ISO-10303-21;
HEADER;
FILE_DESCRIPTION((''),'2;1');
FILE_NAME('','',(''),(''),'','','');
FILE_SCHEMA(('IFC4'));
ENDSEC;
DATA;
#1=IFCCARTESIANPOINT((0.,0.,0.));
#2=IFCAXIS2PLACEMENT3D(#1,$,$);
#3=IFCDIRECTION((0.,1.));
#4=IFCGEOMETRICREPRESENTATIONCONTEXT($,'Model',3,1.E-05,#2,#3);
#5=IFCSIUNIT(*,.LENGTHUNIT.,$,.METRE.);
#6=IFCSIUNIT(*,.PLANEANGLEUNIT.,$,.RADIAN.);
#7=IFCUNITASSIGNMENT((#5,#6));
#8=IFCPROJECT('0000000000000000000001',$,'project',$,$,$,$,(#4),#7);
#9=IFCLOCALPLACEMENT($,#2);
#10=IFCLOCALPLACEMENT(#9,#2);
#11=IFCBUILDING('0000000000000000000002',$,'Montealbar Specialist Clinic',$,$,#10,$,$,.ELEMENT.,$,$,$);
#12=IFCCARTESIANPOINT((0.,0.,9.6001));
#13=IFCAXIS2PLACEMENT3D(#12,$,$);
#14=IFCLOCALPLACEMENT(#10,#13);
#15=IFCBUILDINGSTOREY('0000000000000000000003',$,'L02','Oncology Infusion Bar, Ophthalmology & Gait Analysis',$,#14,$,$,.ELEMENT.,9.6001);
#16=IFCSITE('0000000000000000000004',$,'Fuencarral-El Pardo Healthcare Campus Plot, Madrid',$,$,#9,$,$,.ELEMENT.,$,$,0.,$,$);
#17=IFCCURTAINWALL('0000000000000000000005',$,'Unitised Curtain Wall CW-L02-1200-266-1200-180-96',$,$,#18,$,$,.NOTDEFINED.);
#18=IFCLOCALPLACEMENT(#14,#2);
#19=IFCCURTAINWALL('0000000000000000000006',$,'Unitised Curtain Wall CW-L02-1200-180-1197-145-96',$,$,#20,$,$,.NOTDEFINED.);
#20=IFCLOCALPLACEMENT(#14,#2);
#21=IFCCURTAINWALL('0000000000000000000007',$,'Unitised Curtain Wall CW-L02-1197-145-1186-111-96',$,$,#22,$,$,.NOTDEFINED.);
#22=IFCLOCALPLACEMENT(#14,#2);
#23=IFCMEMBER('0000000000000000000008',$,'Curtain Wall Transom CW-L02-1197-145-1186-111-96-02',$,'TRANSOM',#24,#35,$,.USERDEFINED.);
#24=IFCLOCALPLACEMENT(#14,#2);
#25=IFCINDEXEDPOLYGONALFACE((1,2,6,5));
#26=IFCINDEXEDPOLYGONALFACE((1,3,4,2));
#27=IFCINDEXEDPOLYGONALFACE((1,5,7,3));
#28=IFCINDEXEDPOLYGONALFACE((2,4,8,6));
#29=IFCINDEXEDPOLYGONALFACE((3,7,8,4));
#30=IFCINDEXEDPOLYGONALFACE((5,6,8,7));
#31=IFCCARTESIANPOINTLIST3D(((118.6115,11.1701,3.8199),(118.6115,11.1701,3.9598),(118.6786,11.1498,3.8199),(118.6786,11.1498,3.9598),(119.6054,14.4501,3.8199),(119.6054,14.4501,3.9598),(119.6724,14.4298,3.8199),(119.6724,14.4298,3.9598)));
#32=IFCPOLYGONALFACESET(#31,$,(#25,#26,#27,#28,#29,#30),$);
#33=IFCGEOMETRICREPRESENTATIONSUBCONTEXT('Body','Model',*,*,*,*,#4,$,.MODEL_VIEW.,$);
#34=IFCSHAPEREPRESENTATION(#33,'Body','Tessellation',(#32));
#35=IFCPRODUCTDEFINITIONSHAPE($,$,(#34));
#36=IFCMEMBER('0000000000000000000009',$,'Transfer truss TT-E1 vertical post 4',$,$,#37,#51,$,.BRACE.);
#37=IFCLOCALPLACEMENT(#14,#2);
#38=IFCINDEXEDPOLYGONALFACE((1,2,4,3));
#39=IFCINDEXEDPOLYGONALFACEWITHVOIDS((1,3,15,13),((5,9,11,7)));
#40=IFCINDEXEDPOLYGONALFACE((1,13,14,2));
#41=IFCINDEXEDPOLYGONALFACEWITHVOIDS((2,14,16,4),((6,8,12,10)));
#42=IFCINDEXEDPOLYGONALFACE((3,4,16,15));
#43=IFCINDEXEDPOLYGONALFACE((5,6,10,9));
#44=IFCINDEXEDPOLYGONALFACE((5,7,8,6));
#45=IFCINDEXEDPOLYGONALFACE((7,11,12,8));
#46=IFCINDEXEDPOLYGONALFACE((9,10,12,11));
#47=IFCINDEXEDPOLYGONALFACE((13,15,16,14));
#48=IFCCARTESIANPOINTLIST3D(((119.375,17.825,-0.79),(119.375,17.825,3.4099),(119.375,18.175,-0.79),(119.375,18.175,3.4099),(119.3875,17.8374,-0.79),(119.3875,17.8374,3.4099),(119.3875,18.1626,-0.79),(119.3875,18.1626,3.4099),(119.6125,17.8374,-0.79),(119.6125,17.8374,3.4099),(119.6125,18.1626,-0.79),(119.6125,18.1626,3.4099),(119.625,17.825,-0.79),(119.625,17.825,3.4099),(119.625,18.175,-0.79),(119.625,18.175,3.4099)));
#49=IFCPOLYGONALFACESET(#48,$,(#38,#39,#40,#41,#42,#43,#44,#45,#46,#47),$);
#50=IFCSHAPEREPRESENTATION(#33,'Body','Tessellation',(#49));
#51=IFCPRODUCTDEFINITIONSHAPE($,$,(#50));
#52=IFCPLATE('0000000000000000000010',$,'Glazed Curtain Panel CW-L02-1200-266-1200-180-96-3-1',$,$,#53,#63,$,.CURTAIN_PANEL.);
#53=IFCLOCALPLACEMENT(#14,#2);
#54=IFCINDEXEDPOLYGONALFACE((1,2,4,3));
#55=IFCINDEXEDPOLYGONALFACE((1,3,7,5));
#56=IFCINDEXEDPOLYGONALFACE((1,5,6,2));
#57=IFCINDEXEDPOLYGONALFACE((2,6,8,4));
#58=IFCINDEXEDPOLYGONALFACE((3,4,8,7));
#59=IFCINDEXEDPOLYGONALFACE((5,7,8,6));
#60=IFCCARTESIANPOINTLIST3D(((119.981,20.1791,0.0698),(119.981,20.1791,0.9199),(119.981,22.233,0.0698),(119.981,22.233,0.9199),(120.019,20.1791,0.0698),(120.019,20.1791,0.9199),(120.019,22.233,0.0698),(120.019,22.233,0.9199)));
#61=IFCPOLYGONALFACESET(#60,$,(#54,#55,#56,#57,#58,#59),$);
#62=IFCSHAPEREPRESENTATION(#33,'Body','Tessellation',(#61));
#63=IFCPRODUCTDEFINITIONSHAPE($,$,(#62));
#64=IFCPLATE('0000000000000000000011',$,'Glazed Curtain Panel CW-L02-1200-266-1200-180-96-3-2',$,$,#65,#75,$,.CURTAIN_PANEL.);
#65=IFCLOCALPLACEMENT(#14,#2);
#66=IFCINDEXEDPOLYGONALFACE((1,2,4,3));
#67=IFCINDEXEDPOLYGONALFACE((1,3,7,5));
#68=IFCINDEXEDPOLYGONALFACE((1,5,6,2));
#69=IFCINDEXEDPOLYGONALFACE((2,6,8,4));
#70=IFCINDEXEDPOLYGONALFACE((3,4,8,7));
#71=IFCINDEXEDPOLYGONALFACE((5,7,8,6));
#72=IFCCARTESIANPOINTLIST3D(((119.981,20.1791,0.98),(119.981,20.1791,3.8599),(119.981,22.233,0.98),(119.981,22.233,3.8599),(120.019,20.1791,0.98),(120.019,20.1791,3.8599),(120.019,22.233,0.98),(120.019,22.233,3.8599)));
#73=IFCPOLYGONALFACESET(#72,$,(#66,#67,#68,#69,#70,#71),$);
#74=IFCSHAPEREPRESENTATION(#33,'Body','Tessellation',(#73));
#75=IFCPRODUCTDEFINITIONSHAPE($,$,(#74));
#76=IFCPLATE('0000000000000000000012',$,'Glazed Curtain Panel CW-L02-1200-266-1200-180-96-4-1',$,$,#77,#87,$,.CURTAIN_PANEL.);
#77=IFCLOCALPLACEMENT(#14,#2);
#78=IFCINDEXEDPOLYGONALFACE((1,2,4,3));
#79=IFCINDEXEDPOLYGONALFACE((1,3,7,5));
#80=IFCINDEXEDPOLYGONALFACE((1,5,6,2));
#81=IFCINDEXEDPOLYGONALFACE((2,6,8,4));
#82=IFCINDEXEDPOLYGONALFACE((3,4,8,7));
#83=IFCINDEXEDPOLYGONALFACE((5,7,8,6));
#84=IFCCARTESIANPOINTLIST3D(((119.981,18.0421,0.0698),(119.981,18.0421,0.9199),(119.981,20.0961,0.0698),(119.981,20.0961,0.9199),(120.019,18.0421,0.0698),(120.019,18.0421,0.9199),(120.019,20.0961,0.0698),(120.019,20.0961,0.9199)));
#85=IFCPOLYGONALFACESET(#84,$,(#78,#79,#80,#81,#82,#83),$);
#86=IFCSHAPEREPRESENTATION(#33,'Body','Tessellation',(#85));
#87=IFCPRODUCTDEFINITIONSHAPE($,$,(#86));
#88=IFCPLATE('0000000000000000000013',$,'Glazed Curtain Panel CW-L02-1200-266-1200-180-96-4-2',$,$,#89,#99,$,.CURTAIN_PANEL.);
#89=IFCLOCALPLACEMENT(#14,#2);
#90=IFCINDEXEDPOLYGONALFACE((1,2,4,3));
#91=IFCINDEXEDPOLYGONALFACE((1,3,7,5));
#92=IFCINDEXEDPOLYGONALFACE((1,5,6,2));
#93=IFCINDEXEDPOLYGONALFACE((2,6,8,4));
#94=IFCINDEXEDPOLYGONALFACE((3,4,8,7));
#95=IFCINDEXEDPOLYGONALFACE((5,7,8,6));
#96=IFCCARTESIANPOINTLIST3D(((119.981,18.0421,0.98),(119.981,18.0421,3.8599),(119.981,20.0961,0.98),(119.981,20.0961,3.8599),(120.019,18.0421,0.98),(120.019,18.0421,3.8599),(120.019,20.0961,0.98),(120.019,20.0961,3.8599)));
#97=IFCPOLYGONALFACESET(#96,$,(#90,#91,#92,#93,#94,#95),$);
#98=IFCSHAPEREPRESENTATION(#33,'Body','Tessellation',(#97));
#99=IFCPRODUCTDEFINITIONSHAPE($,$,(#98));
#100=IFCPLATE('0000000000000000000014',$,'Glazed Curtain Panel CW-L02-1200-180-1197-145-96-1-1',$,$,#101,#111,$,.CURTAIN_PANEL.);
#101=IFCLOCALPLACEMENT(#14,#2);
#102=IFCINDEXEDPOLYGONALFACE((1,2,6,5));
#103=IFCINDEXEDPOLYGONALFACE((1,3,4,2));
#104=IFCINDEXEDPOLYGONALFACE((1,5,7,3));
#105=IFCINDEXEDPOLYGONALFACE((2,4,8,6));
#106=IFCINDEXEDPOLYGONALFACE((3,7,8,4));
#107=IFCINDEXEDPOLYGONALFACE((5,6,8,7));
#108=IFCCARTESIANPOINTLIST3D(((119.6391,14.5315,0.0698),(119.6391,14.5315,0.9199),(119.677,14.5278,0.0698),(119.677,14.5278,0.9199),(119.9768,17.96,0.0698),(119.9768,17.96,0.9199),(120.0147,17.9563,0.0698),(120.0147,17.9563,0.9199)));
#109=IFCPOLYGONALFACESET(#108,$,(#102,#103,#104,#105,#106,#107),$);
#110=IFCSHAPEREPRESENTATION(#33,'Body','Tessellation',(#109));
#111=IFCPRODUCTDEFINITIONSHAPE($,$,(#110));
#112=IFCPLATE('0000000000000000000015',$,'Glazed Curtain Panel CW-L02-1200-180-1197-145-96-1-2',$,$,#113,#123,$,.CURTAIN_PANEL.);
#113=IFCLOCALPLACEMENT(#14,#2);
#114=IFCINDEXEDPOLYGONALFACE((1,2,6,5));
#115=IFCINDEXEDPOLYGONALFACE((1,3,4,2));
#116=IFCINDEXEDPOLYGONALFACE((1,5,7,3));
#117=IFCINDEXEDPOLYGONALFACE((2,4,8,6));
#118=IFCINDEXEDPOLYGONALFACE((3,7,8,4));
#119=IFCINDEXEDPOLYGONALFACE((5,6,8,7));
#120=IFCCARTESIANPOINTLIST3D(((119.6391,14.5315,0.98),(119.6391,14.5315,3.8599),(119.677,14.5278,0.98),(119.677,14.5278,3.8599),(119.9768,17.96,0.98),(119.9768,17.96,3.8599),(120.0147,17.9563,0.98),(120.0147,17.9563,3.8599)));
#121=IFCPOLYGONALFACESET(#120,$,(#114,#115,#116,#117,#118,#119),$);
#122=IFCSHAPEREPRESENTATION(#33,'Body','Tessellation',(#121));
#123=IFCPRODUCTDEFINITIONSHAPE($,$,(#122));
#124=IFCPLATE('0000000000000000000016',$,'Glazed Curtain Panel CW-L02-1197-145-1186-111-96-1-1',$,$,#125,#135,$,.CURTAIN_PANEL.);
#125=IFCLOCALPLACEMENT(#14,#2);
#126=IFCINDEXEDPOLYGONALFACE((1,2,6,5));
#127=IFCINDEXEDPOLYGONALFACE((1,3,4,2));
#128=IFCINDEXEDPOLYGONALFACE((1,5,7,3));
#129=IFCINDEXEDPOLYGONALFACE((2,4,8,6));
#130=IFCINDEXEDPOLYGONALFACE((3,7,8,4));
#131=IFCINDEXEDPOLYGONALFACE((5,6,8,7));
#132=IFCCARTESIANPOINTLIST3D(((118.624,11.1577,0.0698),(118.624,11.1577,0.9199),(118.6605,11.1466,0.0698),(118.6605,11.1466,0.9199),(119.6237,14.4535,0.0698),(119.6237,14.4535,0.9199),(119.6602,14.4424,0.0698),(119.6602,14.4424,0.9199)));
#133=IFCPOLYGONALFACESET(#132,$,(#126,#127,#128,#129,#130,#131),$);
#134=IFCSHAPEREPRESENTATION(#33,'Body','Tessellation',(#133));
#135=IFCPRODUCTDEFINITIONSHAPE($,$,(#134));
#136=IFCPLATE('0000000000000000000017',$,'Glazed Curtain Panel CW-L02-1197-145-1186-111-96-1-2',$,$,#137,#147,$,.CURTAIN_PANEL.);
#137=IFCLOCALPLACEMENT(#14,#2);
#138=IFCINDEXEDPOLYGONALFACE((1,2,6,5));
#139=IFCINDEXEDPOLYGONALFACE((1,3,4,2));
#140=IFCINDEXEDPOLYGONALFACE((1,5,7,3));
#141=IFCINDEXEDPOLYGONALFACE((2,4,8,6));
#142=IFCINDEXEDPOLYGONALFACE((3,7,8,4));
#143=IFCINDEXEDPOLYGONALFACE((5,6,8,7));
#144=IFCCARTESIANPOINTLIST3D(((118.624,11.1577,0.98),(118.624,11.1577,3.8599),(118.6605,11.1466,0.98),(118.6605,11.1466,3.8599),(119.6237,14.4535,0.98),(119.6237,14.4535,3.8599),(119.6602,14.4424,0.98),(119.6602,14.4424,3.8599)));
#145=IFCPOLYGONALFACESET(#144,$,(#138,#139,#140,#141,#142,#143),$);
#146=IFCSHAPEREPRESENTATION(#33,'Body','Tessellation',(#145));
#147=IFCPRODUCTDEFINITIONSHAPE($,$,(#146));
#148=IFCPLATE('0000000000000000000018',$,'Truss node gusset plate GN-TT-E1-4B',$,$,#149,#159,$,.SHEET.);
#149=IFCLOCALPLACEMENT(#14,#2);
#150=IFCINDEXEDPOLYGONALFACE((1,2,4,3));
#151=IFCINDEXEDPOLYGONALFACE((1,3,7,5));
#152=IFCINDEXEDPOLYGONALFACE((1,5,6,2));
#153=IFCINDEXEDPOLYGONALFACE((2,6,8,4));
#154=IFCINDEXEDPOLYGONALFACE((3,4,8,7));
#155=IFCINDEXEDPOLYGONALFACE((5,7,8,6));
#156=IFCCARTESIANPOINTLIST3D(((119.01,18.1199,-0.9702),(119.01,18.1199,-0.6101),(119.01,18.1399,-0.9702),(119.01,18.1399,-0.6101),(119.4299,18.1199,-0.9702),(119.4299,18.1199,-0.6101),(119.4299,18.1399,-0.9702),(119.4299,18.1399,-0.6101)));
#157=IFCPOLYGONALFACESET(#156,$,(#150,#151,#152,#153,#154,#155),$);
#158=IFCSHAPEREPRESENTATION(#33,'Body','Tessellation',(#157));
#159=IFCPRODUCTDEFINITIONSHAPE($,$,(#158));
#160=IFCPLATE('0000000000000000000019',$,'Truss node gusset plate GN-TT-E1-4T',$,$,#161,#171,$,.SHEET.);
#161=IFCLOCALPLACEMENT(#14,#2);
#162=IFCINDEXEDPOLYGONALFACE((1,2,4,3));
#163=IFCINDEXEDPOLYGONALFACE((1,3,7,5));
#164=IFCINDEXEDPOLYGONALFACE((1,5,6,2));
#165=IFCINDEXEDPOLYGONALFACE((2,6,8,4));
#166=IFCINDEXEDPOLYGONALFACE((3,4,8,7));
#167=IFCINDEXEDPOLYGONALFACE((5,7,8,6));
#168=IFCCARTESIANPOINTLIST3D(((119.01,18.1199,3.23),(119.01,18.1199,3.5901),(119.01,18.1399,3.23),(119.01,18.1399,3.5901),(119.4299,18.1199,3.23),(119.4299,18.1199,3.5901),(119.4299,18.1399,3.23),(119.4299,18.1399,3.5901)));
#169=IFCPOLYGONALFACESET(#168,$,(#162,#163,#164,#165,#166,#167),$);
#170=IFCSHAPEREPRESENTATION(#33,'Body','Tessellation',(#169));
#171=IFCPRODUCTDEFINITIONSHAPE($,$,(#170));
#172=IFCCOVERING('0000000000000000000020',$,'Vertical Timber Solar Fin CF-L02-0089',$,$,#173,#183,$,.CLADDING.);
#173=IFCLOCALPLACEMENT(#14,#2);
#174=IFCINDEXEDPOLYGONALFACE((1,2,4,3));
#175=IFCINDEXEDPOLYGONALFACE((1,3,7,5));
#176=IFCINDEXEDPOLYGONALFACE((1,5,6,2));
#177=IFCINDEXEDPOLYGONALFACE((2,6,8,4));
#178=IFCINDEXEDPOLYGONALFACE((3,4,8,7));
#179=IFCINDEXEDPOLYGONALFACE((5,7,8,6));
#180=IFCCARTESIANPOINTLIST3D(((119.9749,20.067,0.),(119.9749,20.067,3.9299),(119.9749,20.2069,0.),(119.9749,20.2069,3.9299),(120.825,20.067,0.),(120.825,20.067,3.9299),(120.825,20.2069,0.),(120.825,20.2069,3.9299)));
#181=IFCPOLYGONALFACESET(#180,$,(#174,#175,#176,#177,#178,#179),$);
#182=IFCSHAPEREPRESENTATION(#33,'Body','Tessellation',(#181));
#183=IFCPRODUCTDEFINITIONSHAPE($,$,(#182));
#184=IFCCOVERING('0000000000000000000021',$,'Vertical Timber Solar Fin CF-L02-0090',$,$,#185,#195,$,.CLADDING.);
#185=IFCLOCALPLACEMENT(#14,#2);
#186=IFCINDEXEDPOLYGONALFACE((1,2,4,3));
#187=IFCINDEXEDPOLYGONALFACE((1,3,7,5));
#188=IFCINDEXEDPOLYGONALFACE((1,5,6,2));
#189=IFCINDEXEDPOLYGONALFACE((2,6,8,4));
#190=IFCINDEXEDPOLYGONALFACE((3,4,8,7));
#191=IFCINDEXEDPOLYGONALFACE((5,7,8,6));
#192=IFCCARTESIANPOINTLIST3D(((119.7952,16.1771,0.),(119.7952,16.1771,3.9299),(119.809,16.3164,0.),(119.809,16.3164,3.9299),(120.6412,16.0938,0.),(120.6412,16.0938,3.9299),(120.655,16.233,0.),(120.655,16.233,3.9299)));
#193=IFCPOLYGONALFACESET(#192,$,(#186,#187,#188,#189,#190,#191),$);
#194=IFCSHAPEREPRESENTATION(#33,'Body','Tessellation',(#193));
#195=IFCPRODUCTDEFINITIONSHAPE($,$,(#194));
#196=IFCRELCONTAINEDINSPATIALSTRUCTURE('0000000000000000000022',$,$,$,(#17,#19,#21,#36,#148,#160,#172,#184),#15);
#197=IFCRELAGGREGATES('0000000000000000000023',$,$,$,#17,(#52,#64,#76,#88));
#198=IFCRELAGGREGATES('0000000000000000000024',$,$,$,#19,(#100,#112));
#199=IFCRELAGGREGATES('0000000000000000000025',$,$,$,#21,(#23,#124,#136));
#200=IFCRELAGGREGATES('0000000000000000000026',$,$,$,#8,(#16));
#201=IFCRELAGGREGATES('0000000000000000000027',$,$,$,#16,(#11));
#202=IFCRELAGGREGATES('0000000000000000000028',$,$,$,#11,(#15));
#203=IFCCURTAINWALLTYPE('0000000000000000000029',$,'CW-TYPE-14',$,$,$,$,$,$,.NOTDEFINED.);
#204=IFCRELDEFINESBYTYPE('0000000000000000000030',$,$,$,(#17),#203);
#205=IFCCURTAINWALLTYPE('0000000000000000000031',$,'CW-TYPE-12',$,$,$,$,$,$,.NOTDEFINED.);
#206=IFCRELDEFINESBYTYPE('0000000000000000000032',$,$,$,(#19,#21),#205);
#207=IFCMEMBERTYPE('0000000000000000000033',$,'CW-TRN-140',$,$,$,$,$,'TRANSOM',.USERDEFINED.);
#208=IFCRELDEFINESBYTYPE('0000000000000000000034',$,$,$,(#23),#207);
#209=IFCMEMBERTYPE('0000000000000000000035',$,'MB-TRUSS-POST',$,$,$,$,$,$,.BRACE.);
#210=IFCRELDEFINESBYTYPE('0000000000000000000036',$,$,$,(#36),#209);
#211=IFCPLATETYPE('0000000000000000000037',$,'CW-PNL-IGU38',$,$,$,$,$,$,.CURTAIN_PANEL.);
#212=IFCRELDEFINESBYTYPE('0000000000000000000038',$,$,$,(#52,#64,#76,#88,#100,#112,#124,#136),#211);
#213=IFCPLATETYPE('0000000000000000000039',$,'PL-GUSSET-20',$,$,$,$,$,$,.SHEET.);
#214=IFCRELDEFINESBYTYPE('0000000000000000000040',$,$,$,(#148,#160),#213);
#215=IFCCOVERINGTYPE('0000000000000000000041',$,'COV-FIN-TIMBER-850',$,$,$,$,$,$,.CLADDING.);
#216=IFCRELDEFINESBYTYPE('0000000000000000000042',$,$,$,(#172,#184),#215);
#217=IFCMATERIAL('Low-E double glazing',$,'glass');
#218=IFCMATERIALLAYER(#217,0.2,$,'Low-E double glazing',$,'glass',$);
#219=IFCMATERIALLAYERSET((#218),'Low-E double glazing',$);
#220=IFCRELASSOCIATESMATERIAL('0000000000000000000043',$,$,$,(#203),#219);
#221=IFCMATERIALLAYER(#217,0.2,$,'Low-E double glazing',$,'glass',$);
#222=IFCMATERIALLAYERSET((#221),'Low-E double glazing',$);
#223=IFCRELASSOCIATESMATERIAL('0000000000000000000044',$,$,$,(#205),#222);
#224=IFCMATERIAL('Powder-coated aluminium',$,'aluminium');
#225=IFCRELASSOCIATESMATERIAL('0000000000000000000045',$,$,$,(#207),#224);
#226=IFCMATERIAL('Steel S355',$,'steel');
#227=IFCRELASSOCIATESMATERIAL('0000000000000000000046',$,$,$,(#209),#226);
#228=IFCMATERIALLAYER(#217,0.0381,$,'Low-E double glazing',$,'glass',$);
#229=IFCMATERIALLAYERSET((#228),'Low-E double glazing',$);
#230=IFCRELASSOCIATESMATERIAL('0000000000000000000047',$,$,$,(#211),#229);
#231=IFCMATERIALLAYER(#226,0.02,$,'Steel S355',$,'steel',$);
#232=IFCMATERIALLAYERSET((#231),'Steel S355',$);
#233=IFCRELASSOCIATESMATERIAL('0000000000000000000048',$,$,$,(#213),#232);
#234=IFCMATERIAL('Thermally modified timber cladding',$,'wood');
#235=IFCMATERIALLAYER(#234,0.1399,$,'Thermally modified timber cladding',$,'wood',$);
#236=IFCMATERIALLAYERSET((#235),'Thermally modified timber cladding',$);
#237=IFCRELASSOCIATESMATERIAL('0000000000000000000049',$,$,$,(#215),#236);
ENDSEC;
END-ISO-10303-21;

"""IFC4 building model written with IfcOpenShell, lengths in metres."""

from ifc_helpers import new_model, si_unit, direction, frame, origin, origin_2d, place, context, subcontext, project, spatial, rectangle, hollow_rectangle, extrude, material, layer, layer_set, material_profile, profile_set, type_object, element, aggregate, save


model = new_model("IFC4")

# Units and contexts
model_context = context("Model", 3, precision=1e-05, world=origin(), true_north=direction((0.0, 1.0)))
body_context = subcontext(model_context, "Body", "Model", "MODEL_VIEW")
ifc_project = project(units=[si_unit("LENGTHUNIT", "METRE"), si_unit("PLANEANGLEUNIT", "RADIAN")], contexts=[model_context])

# Site, building, storey
site_placement = place(None, origin())
site = spatial("IfcSite", under=ifc_project, at=site_placement, Name="Fuencarral-El Pardo Healthcare Campus Plot, Madrid", CompositionType="ELEMENT", RefElevation=0.0)
building_placement = place(site_placement, origin())
building = spatial("IfcBuilding", under=site, at=building_placement, Name="Montealbar Specialist Clinic", CompositionType="ELEMENT")
storey_placement = place(building_placement, frame((0.0, 0.0, 9.6001)))
storey = spatial("IfcBuildingStorey", under=building, at=storey_placement, Name="L02", Description="Oncology Infusion Bar, Ophthalmology & Gait Analysis", CompositionType="ELEMENT", Elevation=9.6001)

# Shared definitions
ifc_material_1 = material(Name="Steel S355", Category="steel")

# Curtain walls
ifc_material_2 = material(Name="Low-E double glazing", Category="glass")
ifc_layer_1 = layer(ifc_material_2, 0.2, Name="Low-E double glazing", Category="glass")
ifc_layer_set_1 = layer_set([ifc_layer_1], Name="Low-E double glazing")
curtain_wall_type_1 = type_object("IfcCurtainWallType", Name="CW-TYPE-14", PredefinedType="NOTDEFINED", material=ifc_layer_set_1)
curtain_wall_1_placement = place(storey_placement, origin())
curtain_wall_1 = element("IfcCurtainWall", 1, at=curtain_wall_1_placement, inside=storey, type_object=curtain_wall_type_1, Name="Unitised Curtain Wall CW-L02-1200-266-1200-180-96", PredefinedType="NOTDEFINED")
ifc_layer_2 = layer(ifc_material_2, 0.2, Name="Low-E double glazing", Category="glass")
ifc_layer_set_2 = layer_set([ifc_layer_2], Name="Low-E double glazing")
curtain_wall_type_2 = type_object("IfcCurtainWallType", Name="CW-TYPE-12", PredefinedType="NOTDEFINED", material=ifc_layer_set_2)
curtain_wall_2_placement = place(storey_placement, origin())
curtain_wall_2 = element("IfcCurtainWall", 2, at=curtain_wall_2_placement, inside=storey, type_object=curtain_wall_type_2, Name="Unitised Curtain Wall CW-L02-1200-180-1197-145-96", PredefinedType="NOTDEFINED")

# Curtain wall
curtain_wall_3_placement = place(storey_placement, origin())
curtain_wall_3 = element("IfcCurtainWall", 3, at=curtain_wall_3_placement, inside=storey, type_object=curtain_wall_type_2, Name="Unitised Curtain Wall CW-L02-1197-145-1186-111-96", PredefinedType="NOTDEFINED")

# Members
ifc_material_3 = material(Name="Powder-coated aluminium", Category="aluminium")
ifc_material_profile_1 = material_profile(ifc_material_3, rectangle(XDim=0.0701, YDim=0.1399, at=origin_2d()), Name="ALU 70x140", Category="aluminium")
ifc_profile_set_1 = profile_set([ifc_material_profile_1], Name="Powder-coated aluminium")
member_type_1 = type_object("IfcMemberType", Name="CW-TRN-140", ElementType="TRANSOM", PredefinedType="USERDEFINED", material=ifc_profile_set_1)
member_1_placement = place(storey_placement, frame((119.6389, 14.4399, 3.8899), z_axis=(-0.289994, -0.957029, 0.0), x_axis=(0.957029, -0.289994, 0.0)))
member_1 = element("IfcMember", 4, at=member_1_placement, type_object=member_type_1, Name="Curtain Wall Transom CW-L02-1197-145-1186-111-96-02", ObjectType="TRANSOM", PredefinedType="USERDEFINED", context=body_context, shape_type="SweptSolid", body=[
    extrude(rectangle(XDim=0.0701, YDim=0.1399, at=origin_2d()), origin(), (0.0, 0.0, 1.0), 3.4272),
])
ifc_material_profile_2 = material_profile(ifc_material_1, hollow_rectangle(XDim=0.25, YDim=0.3501, WallThickness=0.0125, at=origin_2d()), Name="RHS 350x250x12.5", Category="steel")
ifc_profile_set_2 = profile_set([ifc_material_profile_2], Name="Steel S355")
member_type_2 = type_object("IfcMemberType", Name="MB-TRUSS-POST", PredefinedType="BRACE", material=ifc_profile_set_2)
member_2_placement = place(storey_placement, frame((119.5, 18.0, -0.79), z_axis=(0.0, 0.0, 1.0), x_axis=(1.0, 0.0, 0.0)))
element("IfcMember", 5, at=member_2_placement, inside=storey, type_object=member_type_2, Name="Transfer truss TT-E1 vertical post 4", PredefinedType="BRACE", context=body_context, shape_type="SweptSolid", body=[
    extrude(hollow_rectangle(XDim=0.25, YDim=0.3501, WallThickness=0.0125, at=origin_2d()), origin(), (0.0, 0.0, 1.0), 4.2),
])

# Plates
ifc_layer_3 = layer(ifc_material_2, 0.0381, Name="Low-E double glazing", Category="glass")
ifc_layer_set_3 = layer_set([ifc_layer_3], Name="Low-E double glazing")
plate_type_1 = type_object("IfcPlateType", Name="CW-PNL-IGU38", PredefinedType="CURTAIN_PANEL", material=ifc_layer_set_3)
plate_1_placement = place(storey_placement, frame((120.0, 21.2061, 0.0698), z_axis=(0.0, 0.0, 1.0), x_axis=(0.0, -1.0, 0.0)))
plate_1 = element("IfcPlate", 6, at=plate_1_placement, type_object=plate_type_1, Name="Glazed Curtain Panel CW-L02-1200-266-1200-180-96-3-1", PredefinedType="CURTAIN_PANEL", context=body_context, shape_type="SweptSolid", body=[
    extrude(rectangle(XDim=2.054, YDim=0.0381, at=origin_2d()), origin(), (0.0, 0.0, 1.0), 0.8501),
])
plate_2_placement = place(storey_placement, frame((120.0, 21.2061, 0.98), z_axis=(0.0, 0.0, 1.0), x_axis=(0.0, -1.0, 0.0)))
plate_2 = element("IfcPlate", 7, at=plate_2_placement, type_object=plate_type_1, Name="Glazed Curtain Panel CW-L02-1200-266-1200-180-96-3-2", PredefinedType="CURTAIN_PANEL", context=body_context, shape_type="SweptSolid", body=[
    extrude(rectangle(XDim=2.054, YDim=0.0381, at=origin_2d()), origin(), (0.0, 0.0, 1.0), 2.8799),
])
plate_3_placement = place(storey_placement, frame((120.0, 19.0691, 0.0698), z_axis=(0.0, 0.0, 1.0), x_axis=(0.0, -1.0, 0.0)))
plate_3 = element("IfcPlate", 8, at=plate_3_placement, type_object=plate_type_1, Name="Glazed Curtain Panel CW-L02-1200-266-1200-180-96-4-1", PredefinedType="CURTAIN_PANEL", context=body_context, shape_type="SweptSolid", body=[
    extrude(rectangle(XDim=2.054, YDim=0.0381, at=origin_2d()), origin(), (0.0, 0.0, 1.0), 0.8501),
])
plate_4_placement = place(storey_placement, frame((120.0, 19.0691, 0.98), z_axis=(0.0, 0.0, 1.0), x_axis=(0.0, -1.0, 0.0)))
plate_4 = element("IfcPlate", 9, at=plate_4_placement, type_object=plate_type_1, Name="Glazed Curtain Panel CW-L02-1200-266-1200-180-96-4-2", PredefinedType="CURTAIN_PANEL", context=body_context, shape_type="SweptSolid", body=[
    extrude(rectangle(XDim=2.054, YDim=0.0381, at=origin_2d()), origin(), (0.0, 0.0, 1.0), 2.8799),
])
aggregate(curtain_wall_1, [plate_1, plate_2, plate_3, plate_4])
plate_5_placement = place(storey_placement, frame((119.8269, 16.2439, 0.0698), z_axis=(0.0, 0.0, 1.0), x_axis=(-0.098045, -0.995182, 0.0)))
plate_5 = element("IfcPlate", 10, at=plate_5_placement, type_object=plate_type_1, Name="Glazed Curtain Panel CW-L02-1200-180-1197-145-96-1-1", PredefinedType="CURTAIN_PANEL", context=body_context, shape_type="SweptSolid", body=[
    extrude(rectangle(XDim=3.4451, YDim=0.0381, at=origin_2d()), origin(), (0.0, 0.0, 1.0), 0.8501),
])
plate_6_placement = place(storey_placement, frame((119.8269, 16.2439, 0.98), z_axis=(0.0, 0.0, 1.0), x_axis=(-0.098045, -0.995182, 0.0)))
plate_6 = element("IfcPlate", 11, at=plate_6_placement, type_object=plate_type_1, Name="Glazed Curtain Panel CW-L02-1200-180-1197-145-96-1-2", PredefinedType="CURTAIN_PANEL", context=body_context, shape_type="SweptSolid", body=[
    extrude(rectangle(XDim=3.4451, YDim=0.0381, at=origin_2d()), origin(), (0.0, 0.0, 1.0), 2.8799),
])
aggregate(curtain_wall_2, [plate_5, plate_6])
plate_7_placement = place(storey_placement, frame((119.1421, 12.8, 0.0698), z_axis=(0.0, 0.0, 1.0), x_axis=(-0.290259, -0.956948, 0.0)))
plate_7 = element("IfcPlate", 12, at=plate_7_placement, type_object=plate_type_1, Name="Glazed Curtain Panel CW-L02-1197-145-1186-111-96-1-1", PredefinedType="CURTAIN_PANEL", context=body_context, shape_type="SweptSolid", body=[
    extrude(rectangle(XDim=3.4441, YDim=0.0381, at=origin_2d()), origin(), (0.0, 0.0, 1.0), 0.8501),
])
plate_8_placement = place(storey_placement, frame((119.1421, 12.8, 0.98), z_axis=(0.0, 0.0, 1.0), x_axis=(-0.290259, -0.956948, 0.0)))
plate_8 = element("IfcPlate", 13, at=plate_8_placement, type_object=plate_type_1, Name="Glazed Curtain Panel CW-L02-1197-145-1186-111-96-1-2", PredefinedType="CURTAIN_PANEL", context=body_context, shape_type="SweptSolid", body=[
    extrude(rectangle(XDim=3.4441, YDim=0.0381, at=origin_2d()), origin(), (0.0, 0.0, 1.0), 2.8799),
])
aggregate(curtain_wall_3, [member_1, plate_7, plate_8])

# Plates
ifc_layer_4 = layer(ifc_material_1, 0.02, Name="Steel S355", Category="steel")
ifc_layer_set_4 = layer_set([ifc_layer_4], Name="Steel S355")
plate_type_2 = type_object("IfcPlateType", Name="PL-GUSSET-20", PredefinedType="SHEET", material=ifc_layer_set_4)
for number, where, z_axis, x_axis, name in (
    (14, (119.22, 18.1299, -0.9702), (0.0, 0.0, 1.0), (1.0, 0.0, 0.0), "Truss node gusset plate GN-TT-E1-4B"),
    (15, (119.22, 18.1299, 3.23), (0.0, 0.0, 1.0), (1.0, 0.0, 0.0), "Truss node gusset plate GN-TT-E1-4T"),
):
    element("IfcPlate", number, at=place(storey_placement, frame(where, z_axis=z_axis, x_axis=x_axis)), inside=storey, type_object=plate_type_2, Name=name, PredefinedType="SHEET", context=body_context, shape_type="SweptSolid", body=[
        extrude(rectangle(XDim=0.4199, YDim=0.02, at=origin_2d()), origin(), (0.0, 0.0, 1.0), 0.3601),
    ])

# Coverings
ifc_material_4 = material(Name="Thermally modified timber cladding", Category="wood")
ifc_layer_5 = layer(ifc_material_4, 0.1399, Name="Thermally modified timber cladding", Category="wood")
ifc_layer_set_5 = layer_set([ifc_layer_5], Name="Thermally modified timber cladding")
covering_type = type_object("IfcCoveringType", Name="COV-FIN-TIMBER-850", PredefinedType="CLADDING", material=ifc_layer_set_5)
for number, where, z_axis, x_axis, name in (
    (16, (120.3999, 20.137, 0.0), (0.0, 0.0, 1.0), (1.0, 0.0, 0.0), "Vertical Timber Solar Fin CF-L02-0089"),
    (17, (120.2251, 16.2051, 0.0), (0.0, 0.0, 1.0), (0.995182, -0.098045, 0.0), "Vertical Timber Solar Fin CF-L02-0090"),
):
    element("IfcCovering", number, at=place(storey_placement, frame(where, z_axis=z_axis, x_axis=x_axis)), inside=storey, type_object=covering_type, Name=name, PredefinedType="CLADDING", context=body_context, shape_type="SweptSolid", body=[
        extrude(rectangle(XDim=0.8501, YDim=0.1399, at=origin_2d()), origin(), (0.0, 0.0, 1.0), 3.9299),
    ])

save(model, "model.ifc")
